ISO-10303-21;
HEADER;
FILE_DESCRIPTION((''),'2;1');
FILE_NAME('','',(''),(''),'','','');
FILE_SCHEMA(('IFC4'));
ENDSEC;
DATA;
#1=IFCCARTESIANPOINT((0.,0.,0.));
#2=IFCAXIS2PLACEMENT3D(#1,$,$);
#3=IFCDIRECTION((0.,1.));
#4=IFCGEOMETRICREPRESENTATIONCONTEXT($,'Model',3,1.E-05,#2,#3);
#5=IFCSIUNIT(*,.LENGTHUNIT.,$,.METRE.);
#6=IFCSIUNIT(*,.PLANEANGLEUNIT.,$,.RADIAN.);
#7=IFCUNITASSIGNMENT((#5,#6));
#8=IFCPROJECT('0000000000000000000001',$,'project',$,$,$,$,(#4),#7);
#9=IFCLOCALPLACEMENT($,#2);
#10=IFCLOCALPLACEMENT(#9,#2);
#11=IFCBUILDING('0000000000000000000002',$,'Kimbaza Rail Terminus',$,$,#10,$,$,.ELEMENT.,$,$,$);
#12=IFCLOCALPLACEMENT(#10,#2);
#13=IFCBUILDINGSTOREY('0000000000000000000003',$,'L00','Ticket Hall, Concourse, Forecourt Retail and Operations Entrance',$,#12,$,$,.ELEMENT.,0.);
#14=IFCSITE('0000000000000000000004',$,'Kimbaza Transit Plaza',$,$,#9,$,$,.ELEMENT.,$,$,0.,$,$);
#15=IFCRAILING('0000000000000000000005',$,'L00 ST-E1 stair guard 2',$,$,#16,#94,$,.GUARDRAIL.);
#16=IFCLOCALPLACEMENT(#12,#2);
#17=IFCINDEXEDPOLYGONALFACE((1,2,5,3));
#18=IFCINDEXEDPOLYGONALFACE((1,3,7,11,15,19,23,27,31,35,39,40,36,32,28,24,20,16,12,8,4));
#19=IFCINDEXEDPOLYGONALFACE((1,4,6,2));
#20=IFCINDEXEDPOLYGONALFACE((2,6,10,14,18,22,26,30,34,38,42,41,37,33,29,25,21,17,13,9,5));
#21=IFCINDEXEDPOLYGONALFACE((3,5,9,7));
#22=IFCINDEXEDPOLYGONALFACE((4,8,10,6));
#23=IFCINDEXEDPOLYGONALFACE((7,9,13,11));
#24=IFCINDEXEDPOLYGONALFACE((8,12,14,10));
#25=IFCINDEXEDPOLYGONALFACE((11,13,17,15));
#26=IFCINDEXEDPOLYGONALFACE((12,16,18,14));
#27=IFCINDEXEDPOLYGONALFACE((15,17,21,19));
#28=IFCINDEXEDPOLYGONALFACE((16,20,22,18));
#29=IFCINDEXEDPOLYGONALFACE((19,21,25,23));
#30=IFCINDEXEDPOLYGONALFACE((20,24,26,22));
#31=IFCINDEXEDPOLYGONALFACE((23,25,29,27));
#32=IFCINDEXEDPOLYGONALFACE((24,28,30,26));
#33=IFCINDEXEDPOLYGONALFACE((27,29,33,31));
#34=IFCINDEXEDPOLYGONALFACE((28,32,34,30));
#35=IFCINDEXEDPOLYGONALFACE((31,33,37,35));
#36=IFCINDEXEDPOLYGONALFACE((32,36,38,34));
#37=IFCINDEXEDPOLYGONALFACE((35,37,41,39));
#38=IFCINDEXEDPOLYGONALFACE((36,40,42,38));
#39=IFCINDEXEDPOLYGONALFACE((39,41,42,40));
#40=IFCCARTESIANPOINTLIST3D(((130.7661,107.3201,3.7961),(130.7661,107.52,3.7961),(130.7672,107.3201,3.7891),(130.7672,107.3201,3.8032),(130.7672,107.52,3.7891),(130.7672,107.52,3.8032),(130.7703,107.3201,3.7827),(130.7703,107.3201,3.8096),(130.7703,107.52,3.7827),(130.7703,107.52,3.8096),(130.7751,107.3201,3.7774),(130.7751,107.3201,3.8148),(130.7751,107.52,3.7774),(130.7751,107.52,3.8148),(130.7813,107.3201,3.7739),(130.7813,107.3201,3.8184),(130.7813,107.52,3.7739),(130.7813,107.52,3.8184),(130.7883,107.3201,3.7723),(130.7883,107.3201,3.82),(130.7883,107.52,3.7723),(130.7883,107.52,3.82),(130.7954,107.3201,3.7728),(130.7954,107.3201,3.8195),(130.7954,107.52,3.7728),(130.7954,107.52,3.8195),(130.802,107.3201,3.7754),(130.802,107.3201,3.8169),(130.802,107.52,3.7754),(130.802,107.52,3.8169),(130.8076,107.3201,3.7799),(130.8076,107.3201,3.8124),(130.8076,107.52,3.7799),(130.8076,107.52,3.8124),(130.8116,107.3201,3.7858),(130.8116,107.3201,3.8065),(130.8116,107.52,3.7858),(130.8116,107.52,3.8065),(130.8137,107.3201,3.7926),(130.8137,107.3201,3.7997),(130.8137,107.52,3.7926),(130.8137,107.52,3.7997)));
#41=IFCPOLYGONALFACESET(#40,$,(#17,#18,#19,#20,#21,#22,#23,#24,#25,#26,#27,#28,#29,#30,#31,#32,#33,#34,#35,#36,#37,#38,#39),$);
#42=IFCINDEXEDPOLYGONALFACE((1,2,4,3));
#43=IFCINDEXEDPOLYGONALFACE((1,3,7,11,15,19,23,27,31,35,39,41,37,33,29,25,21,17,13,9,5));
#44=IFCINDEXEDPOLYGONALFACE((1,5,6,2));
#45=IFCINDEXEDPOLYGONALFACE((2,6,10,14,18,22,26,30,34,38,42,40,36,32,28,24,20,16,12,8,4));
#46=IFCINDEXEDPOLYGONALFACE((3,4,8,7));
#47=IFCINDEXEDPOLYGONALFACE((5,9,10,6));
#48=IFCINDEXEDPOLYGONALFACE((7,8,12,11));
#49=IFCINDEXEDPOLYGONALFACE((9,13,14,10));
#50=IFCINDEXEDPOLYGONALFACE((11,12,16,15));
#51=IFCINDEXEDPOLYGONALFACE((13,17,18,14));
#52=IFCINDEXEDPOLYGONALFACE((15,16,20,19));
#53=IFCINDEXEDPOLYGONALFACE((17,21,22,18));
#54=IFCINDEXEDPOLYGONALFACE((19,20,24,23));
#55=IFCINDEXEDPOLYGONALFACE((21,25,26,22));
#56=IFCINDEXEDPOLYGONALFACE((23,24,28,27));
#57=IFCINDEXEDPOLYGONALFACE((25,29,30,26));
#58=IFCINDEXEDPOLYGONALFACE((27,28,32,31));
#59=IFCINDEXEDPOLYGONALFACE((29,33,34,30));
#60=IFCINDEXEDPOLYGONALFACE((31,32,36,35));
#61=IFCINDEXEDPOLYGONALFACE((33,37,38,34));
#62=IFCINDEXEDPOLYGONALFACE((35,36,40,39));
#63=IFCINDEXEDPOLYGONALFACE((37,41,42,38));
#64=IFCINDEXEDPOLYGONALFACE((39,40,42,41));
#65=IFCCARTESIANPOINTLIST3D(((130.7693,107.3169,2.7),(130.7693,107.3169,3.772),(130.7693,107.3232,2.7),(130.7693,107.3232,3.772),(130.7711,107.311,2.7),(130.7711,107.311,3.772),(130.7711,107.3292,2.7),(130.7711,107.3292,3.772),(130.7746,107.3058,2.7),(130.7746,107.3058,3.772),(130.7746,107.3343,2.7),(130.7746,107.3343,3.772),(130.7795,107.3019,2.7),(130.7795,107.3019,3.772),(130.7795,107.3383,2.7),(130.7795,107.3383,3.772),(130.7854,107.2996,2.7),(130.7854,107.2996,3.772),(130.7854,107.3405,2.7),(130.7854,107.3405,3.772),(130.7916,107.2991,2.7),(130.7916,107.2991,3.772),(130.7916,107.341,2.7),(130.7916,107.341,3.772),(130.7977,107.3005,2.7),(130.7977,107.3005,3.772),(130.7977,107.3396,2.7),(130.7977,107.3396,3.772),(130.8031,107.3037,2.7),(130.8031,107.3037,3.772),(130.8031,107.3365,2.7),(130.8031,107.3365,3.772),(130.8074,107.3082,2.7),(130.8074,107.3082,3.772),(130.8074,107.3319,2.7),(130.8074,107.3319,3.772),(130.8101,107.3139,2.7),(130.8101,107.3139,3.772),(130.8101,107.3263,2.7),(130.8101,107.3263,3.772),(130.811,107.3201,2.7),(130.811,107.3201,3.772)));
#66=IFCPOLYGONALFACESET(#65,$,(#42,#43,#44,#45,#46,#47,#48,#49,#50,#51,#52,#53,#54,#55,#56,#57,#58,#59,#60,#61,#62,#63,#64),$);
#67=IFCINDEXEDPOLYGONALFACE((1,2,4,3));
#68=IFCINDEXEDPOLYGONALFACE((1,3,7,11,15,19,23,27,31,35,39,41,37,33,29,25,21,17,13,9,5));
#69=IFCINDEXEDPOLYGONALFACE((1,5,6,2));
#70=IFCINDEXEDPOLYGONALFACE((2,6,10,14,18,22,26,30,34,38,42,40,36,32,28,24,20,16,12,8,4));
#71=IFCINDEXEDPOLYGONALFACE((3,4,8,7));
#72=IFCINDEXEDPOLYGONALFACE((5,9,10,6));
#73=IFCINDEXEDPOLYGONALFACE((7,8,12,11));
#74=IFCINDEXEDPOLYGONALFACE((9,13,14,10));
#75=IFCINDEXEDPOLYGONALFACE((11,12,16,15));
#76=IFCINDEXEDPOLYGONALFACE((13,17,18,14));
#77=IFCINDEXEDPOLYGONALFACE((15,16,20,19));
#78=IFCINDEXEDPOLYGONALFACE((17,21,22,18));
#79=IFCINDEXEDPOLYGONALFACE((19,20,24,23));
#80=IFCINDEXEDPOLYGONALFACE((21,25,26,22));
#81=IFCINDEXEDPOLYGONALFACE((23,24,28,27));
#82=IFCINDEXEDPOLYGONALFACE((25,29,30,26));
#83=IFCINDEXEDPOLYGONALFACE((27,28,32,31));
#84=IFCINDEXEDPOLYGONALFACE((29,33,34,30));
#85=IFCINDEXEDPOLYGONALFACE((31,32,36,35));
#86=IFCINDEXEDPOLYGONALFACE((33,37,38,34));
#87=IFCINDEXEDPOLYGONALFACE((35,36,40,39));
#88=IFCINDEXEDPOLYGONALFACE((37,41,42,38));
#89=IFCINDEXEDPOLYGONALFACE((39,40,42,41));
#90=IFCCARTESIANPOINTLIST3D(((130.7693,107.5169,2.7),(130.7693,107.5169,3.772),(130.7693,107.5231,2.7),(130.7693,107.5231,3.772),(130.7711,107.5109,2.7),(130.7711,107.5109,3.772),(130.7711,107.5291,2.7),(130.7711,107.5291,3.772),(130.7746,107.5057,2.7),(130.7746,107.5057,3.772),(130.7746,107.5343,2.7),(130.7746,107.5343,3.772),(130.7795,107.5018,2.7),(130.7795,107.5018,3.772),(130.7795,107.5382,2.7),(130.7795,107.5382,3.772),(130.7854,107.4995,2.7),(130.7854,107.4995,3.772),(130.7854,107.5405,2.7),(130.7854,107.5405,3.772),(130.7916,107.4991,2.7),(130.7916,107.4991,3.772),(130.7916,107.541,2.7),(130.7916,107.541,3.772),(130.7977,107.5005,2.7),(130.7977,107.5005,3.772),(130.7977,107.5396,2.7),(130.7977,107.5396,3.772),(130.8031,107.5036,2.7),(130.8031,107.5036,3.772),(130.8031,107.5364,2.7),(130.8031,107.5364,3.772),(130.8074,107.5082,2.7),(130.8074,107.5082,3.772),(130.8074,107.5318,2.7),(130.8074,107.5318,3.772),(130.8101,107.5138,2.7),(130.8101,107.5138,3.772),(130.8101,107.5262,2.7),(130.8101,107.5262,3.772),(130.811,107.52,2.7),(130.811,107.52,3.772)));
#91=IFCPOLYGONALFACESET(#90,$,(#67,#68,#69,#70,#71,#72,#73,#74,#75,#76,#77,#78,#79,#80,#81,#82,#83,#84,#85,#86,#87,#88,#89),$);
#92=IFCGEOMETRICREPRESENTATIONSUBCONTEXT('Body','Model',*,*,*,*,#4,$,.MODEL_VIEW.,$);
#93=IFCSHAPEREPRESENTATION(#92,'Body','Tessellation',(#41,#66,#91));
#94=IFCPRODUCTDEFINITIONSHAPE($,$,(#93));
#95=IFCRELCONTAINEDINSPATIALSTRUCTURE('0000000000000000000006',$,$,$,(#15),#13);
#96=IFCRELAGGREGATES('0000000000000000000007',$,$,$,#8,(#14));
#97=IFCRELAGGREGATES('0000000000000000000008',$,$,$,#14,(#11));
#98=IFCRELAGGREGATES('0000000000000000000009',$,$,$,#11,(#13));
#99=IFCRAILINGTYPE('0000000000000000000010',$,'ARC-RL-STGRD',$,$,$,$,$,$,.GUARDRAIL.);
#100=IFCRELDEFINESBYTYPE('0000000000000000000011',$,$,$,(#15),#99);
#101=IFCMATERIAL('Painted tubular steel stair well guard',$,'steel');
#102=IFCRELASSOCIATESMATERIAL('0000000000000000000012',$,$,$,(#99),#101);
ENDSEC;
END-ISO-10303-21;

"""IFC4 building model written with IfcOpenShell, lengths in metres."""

from ifc_helpers import new_model, si_unit, direction, frame, origin, origin_2d, place, context, subcontext, project, spatial, circle, extrude, material, type_object, element, save


model = new_model("IFC4")

# Units and contexts
model_context = context("Model", 3, precision=1e-05, world=origin(), true_north=direction((0.0, 1.0)))
body_context = subcontext(model_context, "Body", "Model", "MODEL_VIEW")
ifc_project = project(units=[si_unit("LENGTHUNIT", "METRE"), si_unit("PLANEANGLEUNIT", "RADIAN")], contexts=[model_context])

# Site, building, storey
site_placement = place(None, origin())
site = spatial("IfcSite", under=ifc_project, at=site_placement, Name="Kimbaza Transit Plaza", CompositionType="ELEMENT", RefElevation=0.0)
building_placement = place(site_placement, origin())
building = spatial("IfcBuilding", under=site, at=building_placement, Name="Kimbaza Rail Terminus", CompositionType="ELEMENT")
storey_placement = place(building_placement, origin())
storey = spatial("IfcBuildingStorey", under=building, at=storey_placement, Name="L00", Description="Ticket Hall, Concourse, Forecourt Retail and Operations Entrance", CompositionType="ELEMENT", Elevation=0.0)

# Railing
ifc_material_1 = material(Name="Painted tubular steel stair well guard", Category="steel")
railing_type_1 = type_object("IfcRailingType", Name="ARC-RL-STGRD", PredefinedType="GUARDRAIL", material=ifc_material_1)
railing_1_placement = place(storey_placement, frame((130.79, 107.3201, 2.7)))
element("IfcRailing", 1, at=railing_1_placement, inside=storey, type_object=railing_type_1, Name="L00 ST-E1 stair guard 2", PredefinedType="GUARDRAIL", context=body_context, shape_type="SweptSolid", body=[
    extrude(circle(Radius=0.0239, at=origin_2d()), frame((0.0, 0.0, 1.0962), z_axis=(0.0, 1.0, 0.0), x_axis=(-1.0, 0.0, 0.0)), (0.0, 0.0, 1.0), 0.2),
    extrude(circle(Radius=0.021, at=origin_2d()), origin(), (0.0, 0.0, 1.0), 1.072),
    extrude(circle(Radius=0.021, at=origin_2d()), frame((0.0, 0.2, 0.0)), (0.0, 0.0, 1.0), 1.072),
])

save(model, "model.ifc")
